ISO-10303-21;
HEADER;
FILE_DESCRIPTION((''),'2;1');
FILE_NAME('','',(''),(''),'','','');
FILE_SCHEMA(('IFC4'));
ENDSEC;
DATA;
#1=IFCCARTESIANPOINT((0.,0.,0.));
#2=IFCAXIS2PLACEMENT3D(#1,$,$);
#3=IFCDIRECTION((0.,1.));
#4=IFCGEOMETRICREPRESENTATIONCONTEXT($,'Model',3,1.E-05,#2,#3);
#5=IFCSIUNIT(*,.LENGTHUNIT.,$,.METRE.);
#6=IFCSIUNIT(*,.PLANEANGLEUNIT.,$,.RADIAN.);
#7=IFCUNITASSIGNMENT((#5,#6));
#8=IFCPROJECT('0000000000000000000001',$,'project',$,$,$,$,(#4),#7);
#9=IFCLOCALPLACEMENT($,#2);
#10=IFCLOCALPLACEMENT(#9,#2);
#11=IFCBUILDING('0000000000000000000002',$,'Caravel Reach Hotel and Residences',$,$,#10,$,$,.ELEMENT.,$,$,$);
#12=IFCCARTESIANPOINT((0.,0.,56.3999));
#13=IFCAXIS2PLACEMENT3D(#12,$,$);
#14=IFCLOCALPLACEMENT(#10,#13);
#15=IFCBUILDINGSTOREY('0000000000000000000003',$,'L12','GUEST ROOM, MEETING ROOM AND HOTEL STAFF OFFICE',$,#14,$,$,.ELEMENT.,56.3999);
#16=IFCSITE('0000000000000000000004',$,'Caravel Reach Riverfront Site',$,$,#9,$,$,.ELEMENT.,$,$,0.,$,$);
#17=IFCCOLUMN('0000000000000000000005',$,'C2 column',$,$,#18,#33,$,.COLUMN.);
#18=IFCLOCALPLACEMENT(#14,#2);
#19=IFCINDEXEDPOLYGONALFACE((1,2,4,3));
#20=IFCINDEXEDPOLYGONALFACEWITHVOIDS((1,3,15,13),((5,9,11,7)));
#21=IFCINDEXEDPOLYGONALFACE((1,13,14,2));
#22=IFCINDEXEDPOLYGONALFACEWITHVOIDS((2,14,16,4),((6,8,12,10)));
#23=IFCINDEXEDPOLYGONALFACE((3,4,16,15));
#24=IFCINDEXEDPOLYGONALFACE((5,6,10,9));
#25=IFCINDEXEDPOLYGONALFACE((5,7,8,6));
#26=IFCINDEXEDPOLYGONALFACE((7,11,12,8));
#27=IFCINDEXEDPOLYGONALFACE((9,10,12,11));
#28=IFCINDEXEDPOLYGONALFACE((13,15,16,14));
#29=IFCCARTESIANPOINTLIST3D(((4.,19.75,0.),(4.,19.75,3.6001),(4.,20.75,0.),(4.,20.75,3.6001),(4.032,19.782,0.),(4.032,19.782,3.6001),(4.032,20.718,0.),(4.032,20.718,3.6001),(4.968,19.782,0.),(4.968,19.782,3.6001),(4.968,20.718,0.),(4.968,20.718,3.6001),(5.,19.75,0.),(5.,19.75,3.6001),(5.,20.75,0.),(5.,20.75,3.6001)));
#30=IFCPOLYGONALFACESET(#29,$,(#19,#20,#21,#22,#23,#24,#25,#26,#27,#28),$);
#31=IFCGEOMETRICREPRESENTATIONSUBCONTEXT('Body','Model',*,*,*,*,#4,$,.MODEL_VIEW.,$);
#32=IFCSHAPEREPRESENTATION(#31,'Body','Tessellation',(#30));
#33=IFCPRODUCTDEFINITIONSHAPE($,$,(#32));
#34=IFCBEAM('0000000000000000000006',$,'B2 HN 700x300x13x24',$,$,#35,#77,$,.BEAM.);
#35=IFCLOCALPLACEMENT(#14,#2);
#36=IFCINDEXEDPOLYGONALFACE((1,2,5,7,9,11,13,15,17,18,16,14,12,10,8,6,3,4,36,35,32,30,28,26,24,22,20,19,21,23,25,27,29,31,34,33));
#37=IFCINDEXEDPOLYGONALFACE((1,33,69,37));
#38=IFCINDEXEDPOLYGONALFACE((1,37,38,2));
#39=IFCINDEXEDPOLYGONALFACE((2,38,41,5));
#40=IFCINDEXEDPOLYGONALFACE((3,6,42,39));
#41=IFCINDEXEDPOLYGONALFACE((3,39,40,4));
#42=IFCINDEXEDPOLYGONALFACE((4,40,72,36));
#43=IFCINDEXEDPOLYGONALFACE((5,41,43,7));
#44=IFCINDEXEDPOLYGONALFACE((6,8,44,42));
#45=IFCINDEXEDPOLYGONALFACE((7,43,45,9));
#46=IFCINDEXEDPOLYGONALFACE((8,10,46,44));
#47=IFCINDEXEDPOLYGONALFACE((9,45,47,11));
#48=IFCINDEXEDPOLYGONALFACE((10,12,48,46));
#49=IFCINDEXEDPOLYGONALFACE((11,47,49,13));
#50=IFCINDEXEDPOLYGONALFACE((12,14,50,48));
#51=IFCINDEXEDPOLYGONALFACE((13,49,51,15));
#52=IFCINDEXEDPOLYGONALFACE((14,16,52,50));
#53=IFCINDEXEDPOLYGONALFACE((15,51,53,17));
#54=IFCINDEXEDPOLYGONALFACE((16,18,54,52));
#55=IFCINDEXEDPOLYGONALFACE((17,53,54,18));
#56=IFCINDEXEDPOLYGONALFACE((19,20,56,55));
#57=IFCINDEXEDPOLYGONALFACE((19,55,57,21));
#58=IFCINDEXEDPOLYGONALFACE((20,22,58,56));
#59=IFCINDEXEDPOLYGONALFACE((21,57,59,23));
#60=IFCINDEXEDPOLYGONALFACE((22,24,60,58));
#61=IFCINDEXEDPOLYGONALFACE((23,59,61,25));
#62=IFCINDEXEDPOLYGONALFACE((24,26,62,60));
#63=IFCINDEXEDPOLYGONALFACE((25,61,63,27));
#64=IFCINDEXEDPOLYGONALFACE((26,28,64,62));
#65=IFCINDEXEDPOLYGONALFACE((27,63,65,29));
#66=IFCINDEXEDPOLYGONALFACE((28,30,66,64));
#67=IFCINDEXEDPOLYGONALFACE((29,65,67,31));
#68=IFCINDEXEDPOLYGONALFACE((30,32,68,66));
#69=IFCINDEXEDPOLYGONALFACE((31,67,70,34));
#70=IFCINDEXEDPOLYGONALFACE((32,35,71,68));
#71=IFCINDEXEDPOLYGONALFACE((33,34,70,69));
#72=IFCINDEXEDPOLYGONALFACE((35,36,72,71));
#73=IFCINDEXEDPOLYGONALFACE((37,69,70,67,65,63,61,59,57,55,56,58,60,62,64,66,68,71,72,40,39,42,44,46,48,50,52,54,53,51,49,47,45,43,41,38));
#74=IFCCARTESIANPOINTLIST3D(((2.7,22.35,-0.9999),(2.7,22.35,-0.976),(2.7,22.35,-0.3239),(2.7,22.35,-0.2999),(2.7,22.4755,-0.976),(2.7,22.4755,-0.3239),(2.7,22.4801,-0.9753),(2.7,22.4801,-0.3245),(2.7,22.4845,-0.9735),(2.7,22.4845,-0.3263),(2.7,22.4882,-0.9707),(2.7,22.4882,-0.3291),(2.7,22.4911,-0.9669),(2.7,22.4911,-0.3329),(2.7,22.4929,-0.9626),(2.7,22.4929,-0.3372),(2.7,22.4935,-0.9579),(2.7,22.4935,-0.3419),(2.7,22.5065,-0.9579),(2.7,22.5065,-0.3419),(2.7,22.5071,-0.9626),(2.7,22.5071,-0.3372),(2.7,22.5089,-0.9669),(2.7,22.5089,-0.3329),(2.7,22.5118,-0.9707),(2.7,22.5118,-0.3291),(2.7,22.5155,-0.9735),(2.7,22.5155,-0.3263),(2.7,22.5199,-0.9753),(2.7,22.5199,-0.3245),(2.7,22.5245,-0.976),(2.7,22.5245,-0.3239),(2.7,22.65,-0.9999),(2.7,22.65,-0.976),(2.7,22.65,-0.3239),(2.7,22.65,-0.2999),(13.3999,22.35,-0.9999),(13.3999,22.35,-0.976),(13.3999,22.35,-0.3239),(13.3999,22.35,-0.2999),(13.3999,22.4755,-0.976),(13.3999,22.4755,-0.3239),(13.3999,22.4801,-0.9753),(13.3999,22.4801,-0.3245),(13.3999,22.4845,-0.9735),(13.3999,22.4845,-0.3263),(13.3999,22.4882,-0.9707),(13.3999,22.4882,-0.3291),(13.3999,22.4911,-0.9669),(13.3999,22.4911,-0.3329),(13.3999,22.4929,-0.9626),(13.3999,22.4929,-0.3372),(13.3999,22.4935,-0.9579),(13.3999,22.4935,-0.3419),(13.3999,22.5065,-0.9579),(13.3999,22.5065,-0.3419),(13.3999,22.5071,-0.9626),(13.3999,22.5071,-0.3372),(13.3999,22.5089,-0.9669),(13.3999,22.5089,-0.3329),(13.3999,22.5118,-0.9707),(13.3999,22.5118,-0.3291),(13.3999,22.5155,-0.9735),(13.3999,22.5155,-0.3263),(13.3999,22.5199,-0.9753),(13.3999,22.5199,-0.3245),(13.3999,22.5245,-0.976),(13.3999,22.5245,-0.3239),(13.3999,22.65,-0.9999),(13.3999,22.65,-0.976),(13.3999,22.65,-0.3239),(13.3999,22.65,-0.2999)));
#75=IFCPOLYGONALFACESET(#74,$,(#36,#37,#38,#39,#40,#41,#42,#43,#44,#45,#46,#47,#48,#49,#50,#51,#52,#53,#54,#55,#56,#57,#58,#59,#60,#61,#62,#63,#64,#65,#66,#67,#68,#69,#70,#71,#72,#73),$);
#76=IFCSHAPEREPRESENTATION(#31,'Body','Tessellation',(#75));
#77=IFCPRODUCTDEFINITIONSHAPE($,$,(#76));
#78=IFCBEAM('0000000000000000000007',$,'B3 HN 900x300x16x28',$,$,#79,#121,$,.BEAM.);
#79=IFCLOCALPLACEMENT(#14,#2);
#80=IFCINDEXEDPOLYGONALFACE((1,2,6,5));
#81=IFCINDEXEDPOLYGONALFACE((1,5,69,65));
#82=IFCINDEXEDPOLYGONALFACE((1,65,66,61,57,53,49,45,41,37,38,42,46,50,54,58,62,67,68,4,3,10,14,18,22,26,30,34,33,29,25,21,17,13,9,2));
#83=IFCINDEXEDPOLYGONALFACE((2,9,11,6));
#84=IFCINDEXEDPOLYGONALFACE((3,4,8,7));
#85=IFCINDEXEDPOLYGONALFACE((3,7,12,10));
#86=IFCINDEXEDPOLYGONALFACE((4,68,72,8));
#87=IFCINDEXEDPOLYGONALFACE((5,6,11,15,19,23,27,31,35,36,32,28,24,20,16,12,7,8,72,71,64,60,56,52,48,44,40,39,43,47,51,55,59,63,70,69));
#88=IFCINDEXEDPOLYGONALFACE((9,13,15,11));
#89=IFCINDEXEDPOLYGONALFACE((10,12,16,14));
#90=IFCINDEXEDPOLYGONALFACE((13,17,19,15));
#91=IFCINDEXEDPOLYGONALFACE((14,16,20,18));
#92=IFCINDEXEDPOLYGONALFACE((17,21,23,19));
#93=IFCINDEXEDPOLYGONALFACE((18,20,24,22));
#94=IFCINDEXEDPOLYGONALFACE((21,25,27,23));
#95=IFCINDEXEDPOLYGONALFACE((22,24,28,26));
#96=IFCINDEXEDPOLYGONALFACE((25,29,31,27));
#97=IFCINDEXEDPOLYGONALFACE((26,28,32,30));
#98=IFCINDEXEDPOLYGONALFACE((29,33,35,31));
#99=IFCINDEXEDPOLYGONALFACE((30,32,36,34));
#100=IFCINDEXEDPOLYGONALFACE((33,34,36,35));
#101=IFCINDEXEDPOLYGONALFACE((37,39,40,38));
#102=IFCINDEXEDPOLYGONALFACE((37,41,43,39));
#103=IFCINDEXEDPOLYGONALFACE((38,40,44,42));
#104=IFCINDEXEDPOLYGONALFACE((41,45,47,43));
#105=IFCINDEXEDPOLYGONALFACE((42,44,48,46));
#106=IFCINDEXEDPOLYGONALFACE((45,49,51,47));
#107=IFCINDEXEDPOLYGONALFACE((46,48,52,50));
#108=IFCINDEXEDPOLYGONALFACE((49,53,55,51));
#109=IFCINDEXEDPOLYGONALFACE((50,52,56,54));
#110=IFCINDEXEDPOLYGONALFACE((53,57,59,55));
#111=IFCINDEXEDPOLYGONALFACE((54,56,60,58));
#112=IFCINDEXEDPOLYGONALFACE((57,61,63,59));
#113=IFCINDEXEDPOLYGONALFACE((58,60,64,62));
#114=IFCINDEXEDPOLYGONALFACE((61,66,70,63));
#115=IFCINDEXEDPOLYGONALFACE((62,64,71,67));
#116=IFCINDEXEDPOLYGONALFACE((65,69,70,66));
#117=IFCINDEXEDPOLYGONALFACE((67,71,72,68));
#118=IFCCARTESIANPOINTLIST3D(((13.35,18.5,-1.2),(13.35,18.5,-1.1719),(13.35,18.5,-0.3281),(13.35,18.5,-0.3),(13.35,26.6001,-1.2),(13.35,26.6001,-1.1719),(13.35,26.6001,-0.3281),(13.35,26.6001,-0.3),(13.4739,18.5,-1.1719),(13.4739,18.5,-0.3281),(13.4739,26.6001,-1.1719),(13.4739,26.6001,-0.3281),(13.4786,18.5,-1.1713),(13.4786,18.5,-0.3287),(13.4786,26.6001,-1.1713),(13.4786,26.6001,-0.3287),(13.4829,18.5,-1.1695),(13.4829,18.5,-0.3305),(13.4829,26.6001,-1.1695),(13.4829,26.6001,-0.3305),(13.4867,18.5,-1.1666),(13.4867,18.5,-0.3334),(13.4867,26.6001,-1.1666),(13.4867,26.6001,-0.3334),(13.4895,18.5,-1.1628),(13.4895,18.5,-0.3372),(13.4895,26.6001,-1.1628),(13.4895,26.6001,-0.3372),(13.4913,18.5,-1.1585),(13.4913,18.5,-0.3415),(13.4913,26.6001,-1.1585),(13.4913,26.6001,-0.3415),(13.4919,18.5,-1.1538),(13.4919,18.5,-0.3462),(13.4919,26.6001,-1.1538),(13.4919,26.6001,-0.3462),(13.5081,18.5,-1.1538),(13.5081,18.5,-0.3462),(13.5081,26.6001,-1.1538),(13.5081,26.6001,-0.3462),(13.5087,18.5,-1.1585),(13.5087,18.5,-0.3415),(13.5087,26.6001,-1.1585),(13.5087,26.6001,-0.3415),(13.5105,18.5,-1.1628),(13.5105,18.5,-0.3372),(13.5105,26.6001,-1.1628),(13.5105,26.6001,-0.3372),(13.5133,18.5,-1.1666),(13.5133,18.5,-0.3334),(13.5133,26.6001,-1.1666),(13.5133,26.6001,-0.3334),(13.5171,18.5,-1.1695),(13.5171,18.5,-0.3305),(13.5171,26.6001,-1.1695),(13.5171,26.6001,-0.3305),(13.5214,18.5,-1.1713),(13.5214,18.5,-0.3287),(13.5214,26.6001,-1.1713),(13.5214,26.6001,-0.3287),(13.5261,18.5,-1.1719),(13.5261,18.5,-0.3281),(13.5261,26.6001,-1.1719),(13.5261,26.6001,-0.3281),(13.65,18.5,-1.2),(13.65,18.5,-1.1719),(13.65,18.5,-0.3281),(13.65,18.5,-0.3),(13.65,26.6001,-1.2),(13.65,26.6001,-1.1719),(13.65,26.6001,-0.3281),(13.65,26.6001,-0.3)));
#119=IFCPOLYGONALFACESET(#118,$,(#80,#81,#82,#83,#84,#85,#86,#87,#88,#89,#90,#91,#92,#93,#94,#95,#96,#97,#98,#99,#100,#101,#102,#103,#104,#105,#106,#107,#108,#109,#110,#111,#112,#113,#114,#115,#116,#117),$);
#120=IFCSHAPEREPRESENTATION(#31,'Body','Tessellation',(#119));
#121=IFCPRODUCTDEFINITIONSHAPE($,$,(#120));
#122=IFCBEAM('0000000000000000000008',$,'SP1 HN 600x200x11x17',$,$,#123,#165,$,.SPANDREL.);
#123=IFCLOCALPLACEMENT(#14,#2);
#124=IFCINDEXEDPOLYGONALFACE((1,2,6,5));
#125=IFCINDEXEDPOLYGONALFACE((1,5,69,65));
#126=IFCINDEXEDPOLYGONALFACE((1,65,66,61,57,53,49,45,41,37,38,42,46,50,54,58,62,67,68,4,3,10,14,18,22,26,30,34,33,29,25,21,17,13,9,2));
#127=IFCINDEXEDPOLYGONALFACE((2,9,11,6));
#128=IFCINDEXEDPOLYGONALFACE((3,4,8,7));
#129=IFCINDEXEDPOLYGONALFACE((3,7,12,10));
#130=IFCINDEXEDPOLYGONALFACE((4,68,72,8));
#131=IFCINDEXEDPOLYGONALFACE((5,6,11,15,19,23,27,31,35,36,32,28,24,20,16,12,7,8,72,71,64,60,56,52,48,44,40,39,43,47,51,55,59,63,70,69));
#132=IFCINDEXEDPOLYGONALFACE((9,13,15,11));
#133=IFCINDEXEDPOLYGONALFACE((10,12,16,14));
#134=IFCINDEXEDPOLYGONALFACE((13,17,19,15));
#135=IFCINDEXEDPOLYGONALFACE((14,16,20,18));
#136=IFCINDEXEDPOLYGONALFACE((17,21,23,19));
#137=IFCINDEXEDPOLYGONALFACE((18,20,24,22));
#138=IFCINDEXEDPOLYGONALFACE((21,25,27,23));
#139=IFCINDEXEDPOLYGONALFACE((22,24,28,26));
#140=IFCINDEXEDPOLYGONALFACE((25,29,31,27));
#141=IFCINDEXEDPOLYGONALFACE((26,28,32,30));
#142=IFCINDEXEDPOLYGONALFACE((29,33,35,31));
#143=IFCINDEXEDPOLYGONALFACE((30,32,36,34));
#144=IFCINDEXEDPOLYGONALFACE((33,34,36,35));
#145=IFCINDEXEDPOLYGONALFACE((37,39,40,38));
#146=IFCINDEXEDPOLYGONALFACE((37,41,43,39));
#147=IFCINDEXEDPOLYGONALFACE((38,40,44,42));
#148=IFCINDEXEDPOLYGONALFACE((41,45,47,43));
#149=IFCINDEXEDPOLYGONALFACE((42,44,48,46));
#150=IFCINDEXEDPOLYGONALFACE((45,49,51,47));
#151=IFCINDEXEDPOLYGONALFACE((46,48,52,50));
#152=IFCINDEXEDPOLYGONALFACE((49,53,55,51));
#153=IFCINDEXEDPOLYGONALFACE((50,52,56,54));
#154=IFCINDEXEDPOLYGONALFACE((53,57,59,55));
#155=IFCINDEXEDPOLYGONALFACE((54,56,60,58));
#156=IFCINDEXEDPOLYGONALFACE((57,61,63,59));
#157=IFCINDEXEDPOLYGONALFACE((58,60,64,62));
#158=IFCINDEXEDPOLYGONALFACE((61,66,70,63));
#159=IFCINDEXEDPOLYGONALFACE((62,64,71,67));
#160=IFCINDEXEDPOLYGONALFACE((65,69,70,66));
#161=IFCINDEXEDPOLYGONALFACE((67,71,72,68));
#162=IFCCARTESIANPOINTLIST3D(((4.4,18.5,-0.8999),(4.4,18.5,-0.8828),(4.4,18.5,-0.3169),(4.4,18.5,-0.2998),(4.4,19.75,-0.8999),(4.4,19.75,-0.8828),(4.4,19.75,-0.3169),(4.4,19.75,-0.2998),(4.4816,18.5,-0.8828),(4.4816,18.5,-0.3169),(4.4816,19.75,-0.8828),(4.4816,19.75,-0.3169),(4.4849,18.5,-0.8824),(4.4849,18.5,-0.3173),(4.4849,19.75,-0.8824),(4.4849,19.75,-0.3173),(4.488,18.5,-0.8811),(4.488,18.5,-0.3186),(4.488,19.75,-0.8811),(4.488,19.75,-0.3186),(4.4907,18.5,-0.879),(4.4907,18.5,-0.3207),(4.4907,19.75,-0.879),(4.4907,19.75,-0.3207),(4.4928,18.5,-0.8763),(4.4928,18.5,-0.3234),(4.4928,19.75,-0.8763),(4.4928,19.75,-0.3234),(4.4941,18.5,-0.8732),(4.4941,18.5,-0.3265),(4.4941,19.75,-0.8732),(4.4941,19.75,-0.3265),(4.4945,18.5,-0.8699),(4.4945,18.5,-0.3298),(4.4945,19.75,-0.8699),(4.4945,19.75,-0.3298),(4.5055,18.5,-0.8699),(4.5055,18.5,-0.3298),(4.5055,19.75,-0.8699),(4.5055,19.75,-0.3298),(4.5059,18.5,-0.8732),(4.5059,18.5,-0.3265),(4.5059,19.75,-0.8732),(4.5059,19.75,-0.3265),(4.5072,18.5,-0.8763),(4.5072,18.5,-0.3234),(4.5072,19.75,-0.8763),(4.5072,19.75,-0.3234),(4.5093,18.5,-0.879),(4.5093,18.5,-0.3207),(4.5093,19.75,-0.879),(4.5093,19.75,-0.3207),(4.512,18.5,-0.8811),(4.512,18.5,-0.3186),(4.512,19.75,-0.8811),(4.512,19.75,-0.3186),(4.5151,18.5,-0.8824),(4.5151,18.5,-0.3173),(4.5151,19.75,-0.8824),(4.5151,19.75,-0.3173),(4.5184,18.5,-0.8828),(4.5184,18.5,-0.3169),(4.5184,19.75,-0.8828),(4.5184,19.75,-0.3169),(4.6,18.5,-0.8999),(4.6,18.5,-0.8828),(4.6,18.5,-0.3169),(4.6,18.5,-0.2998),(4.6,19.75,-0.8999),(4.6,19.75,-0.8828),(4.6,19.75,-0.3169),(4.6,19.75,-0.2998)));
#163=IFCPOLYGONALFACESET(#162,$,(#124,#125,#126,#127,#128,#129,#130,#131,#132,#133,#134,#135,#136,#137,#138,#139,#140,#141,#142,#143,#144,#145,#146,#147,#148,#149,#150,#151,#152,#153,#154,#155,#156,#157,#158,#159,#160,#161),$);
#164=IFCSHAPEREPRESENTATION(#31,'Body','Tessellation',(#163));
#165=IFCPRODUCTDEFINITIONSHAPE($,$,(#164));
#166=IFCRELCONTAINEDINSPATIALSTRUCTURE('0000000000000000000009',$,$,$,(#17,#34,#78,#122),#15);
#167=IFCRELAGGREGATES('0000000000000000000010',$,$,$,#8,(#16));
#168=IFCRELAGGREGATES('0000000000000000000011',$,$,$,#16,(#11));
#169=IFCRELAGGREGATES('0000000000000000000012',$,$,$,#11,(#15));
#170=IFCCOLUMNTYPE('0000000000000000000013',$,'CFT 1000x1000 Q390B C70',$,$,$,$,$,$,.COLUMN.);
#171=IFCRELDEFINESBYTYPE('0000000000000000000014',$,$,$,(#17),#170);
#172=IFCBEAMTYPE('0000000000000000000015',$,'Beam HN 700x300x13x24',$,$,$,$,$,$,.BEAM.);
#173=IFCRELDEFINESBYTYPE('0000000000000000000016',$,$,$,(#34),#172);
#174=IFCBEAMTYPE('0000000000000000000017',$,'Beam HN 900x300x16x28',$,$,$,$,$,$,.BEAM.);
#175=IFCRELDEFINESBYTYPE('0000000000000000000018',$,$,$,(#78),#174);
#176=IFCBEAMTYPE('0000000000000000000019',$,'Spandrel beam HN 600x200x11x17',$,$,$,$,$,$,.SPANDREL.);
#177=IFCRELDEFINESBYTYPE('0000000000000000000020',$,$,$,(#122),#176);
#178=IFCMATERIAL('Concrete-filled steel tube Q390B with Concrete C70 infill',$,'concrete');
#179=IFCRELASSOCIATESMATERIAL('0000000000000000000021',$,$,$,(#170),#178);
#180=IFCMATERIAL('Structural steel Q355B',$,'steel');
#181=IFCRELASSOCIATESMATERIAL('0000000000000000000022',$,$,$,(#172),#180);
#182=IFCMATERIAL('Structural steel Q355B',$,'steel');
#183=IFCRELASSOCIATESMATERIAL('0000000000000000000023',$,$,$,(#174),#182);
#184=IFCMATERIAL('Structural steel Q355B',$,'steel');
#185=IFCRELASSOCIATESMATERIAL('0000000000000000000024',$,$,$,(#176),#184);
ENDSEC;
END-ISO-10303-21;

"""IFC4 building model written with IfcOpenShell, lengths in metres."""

from ifc_helpers import new_model, si_unit, direction, frame, origin, origin_2d, place, context, subcontext, project, spatial, hollow_rectangle, i_section, extrude, material, material_profile, profile_set, type_object, element, save


model = new_model("IFC4")

# Units and contexts
model_context = context("Model", 3, precision=1e-05, world=origin(), true_north=direction((0.0, 1.0)))
body_context = subcontext(model_context, "Body", "Model", "MODEL_VIEW")
ifc_project = project(units=[si_unit("LENGTHUNIT", "METRE"), si_unit("PLANEANGLEUNIT", "RADIAN")], contexts=[model_context])

# Site, building, storey
site_placement = place(None, origin())
site = spatial("IfcSite", under=ifc_project, at=site_placement, Name="Caravel Reach Riverfront Site", CompositionType="ELEMENT", RefElevation=0.0)
building_placement = place(site_placement, origin())
building = spatial("IfcBuilding", under=site, at=building_placement, Name="Caravel Reach Hotel and Residences", CompositionType="ELEMENT")
storey_placement = place(building_placement, frame((0.0, 0.0, 56.3999)))
storey = spatial("IfcBuildingStorey", under=building, at=storey_placement, Name="L12", Description="GUEST ROOM, MEETING ROOM AND HOTEL STAFF OFFICE", CompositionType="ELEMENT", Elevation=56.3999)

# Column
ifc_material_1 = material(Name="Concrete-filled steel tube Q390B with Concrete C70 infill", Category="concrete")
ifc_material_profile_1 = material_profile(ifc_material_1, hollow_rectangle(XDim=1.0, YDim=1.0, WallThickness=0.032, at=origin_2d()), Name="RHS 1000x1000x32")
ifc_profile_set_1 = profile_set([ifc_material_profile_1], Name="Concrete-filled steel tube Q390B with Concrete C70 infill")
column_type = type_object("IfcColumnType", Name="CFT 1000x1000 Q390B C70", PredefinedType="COLUMN", material=ifc_profile_set_1)
column_placement = place(storey_placement, frame((4.5, 20.25, 0.0), z_axis=(0.0, 0.0, 1.0), x_axis=(1.0, 0.0, 0.0)))
element("IfcColumn", 1, at=column_placement, inside=storey, type_object=column_type, Name="C2 column", PredefinedType="COLUMN", context=body_context, shape_type="SweptSolid", body=[
    extrude(hollow_rectangle(XDim=1.0, YDim=1.0, WallThickness=0.032, at=origin_2d()), origin(), (0.0, 0.0, 1.0), 3.6001),
])

# Beams
ifc_material_2 = material(Name="Structural steel Q355B", Category="steel")
ifc_material_profile_2 = material_profile(ifc_material_2, i_section(OverallWidth=0.3, OverallDepth=0.7, WebThickness=0.0129, FlangeThickness=0.0239, FilletRadius=0.0181, at=origin_2d()), Name="HN 700x300x13x24")
ifc_profile_set_2 = profile_set([ifc_material_profile_2], Name="Structural steel Q355B")
beam_type_1 = type_object("IfcBeamType", Name="Beam HN 700x300x13x24", PredefinedType="BEAM", material=ifc_profile_set_2)
beam_1_placement = place(storey_placement, frame((13.3999, 22.5, -0.6499), z_axis=(-1.0, 0.0, 0.0), x_axis=(0.0, -1.0, 0.0)))
element("IfcBeam", 2, at=beam_1_placement, inside=storey, type_object=beam_type_1, Name="B2 HN 700x300x13x24", PredefinedType="BEAM", context=body_context, shape_type="SweptSolid", body=[
    extrude(i_section(OverallWidth=0.3, OverallDepth=0.7, WebThickness=0.0129, FlangeThickness=0.0239, FilletRadius=0.0181, at=origin_2d()), origin(), (0.0, 0.0, 1.0), 10.7),
])
ifc_material_3 = material(Name="Structural steel Q355B", Category="steel")
ifc_material_profile_3 = material_profile(ifc_material_3, i_section(OverallWidth=0.3, OverallDepth=0.8999, WebThickness=0.0161, FlangeThickness=0.0281, FilletRadius=0.0181, at=origin_2d()), Name="HN 900x300x16x28")
ifc_profile_set_3 = profile_set([ifc_material_profile_3], Name="Structural steel Q355B")
beam_type_2 = type_object("IfcBeamType", Name="Beam HN 900x300x16x28", PredefinedType="BEAM", material=ifc_profile_set_3)
beam_2_placement = place(storey_placement, frame((13.5, 18.5, -0.75), z_axis=(0.0, 1.0, 0.0), x_axis=(-1.0, 0.0, 0.0)))
element("IfcBeam", 3, at=beam_2_placement, inside=storey, type_object=beam_type_2, Name="B3 HN 900x300x16x28", PredefinedType="BEAM", context=body_context, shape_type="SweptSolid", body=[
    extrude(i_section(OverallWidth=0.3, OverallDepth=0.8999, WebThickness=0.0161, FlangeThickness=0.0281, FilletRadius=0.0181, at=origin_2d()), origin(), (0.0, 0.0, 1.0), 8.1001),
])
ifc_material_4 = material(Name="Structural steel Q355B", Category="steel")
ifc_material_profile_4 = material_profile(ifc_material_4, i_section(OverallWidth=0.2, OverallDepth=0.6001, WebThickness=0.011, FlangeThickness=0.0171, FilletRadius=0.0129, at=origin_2d()), Name="HN 600x200x11x17")
ifc_profile_set_4 = profile_set([ifc_material_profile_4], Name="Structural steel Q355B")
beam_type_3 = type_object("IfcBeamType", Name="Spandrel beam HN 600x200x11x17", PredefinedType="SPANDREL", material=ifc_profile_set_4)
beam_3_placement = place(storey_placement, frame((4.5, 19.75, -0.5999), z_axis=(0.0, -1.0, 0.0), x_axis=(1.0, 0.0, 0.0)))
element("IfcBeam", 4, at=beam_3_placement, inside=storey, type_object=beam_type_3, Name="SP1 HN 600x200x11x17", PredefinedType="SPANDREL", context=body_context, shape_type="SweptSolid", body=[
    extrude(i_section(OverallWidth=0.2, OverallDepth=0.6001, WebThickness=0.011, FlangeThickness=0.0171, FilletRadius=0.0129, at=origin_2d()), origin(), (0.0, 0.0, 1.0), 1.25),
])

save(model, "model.ifc")
